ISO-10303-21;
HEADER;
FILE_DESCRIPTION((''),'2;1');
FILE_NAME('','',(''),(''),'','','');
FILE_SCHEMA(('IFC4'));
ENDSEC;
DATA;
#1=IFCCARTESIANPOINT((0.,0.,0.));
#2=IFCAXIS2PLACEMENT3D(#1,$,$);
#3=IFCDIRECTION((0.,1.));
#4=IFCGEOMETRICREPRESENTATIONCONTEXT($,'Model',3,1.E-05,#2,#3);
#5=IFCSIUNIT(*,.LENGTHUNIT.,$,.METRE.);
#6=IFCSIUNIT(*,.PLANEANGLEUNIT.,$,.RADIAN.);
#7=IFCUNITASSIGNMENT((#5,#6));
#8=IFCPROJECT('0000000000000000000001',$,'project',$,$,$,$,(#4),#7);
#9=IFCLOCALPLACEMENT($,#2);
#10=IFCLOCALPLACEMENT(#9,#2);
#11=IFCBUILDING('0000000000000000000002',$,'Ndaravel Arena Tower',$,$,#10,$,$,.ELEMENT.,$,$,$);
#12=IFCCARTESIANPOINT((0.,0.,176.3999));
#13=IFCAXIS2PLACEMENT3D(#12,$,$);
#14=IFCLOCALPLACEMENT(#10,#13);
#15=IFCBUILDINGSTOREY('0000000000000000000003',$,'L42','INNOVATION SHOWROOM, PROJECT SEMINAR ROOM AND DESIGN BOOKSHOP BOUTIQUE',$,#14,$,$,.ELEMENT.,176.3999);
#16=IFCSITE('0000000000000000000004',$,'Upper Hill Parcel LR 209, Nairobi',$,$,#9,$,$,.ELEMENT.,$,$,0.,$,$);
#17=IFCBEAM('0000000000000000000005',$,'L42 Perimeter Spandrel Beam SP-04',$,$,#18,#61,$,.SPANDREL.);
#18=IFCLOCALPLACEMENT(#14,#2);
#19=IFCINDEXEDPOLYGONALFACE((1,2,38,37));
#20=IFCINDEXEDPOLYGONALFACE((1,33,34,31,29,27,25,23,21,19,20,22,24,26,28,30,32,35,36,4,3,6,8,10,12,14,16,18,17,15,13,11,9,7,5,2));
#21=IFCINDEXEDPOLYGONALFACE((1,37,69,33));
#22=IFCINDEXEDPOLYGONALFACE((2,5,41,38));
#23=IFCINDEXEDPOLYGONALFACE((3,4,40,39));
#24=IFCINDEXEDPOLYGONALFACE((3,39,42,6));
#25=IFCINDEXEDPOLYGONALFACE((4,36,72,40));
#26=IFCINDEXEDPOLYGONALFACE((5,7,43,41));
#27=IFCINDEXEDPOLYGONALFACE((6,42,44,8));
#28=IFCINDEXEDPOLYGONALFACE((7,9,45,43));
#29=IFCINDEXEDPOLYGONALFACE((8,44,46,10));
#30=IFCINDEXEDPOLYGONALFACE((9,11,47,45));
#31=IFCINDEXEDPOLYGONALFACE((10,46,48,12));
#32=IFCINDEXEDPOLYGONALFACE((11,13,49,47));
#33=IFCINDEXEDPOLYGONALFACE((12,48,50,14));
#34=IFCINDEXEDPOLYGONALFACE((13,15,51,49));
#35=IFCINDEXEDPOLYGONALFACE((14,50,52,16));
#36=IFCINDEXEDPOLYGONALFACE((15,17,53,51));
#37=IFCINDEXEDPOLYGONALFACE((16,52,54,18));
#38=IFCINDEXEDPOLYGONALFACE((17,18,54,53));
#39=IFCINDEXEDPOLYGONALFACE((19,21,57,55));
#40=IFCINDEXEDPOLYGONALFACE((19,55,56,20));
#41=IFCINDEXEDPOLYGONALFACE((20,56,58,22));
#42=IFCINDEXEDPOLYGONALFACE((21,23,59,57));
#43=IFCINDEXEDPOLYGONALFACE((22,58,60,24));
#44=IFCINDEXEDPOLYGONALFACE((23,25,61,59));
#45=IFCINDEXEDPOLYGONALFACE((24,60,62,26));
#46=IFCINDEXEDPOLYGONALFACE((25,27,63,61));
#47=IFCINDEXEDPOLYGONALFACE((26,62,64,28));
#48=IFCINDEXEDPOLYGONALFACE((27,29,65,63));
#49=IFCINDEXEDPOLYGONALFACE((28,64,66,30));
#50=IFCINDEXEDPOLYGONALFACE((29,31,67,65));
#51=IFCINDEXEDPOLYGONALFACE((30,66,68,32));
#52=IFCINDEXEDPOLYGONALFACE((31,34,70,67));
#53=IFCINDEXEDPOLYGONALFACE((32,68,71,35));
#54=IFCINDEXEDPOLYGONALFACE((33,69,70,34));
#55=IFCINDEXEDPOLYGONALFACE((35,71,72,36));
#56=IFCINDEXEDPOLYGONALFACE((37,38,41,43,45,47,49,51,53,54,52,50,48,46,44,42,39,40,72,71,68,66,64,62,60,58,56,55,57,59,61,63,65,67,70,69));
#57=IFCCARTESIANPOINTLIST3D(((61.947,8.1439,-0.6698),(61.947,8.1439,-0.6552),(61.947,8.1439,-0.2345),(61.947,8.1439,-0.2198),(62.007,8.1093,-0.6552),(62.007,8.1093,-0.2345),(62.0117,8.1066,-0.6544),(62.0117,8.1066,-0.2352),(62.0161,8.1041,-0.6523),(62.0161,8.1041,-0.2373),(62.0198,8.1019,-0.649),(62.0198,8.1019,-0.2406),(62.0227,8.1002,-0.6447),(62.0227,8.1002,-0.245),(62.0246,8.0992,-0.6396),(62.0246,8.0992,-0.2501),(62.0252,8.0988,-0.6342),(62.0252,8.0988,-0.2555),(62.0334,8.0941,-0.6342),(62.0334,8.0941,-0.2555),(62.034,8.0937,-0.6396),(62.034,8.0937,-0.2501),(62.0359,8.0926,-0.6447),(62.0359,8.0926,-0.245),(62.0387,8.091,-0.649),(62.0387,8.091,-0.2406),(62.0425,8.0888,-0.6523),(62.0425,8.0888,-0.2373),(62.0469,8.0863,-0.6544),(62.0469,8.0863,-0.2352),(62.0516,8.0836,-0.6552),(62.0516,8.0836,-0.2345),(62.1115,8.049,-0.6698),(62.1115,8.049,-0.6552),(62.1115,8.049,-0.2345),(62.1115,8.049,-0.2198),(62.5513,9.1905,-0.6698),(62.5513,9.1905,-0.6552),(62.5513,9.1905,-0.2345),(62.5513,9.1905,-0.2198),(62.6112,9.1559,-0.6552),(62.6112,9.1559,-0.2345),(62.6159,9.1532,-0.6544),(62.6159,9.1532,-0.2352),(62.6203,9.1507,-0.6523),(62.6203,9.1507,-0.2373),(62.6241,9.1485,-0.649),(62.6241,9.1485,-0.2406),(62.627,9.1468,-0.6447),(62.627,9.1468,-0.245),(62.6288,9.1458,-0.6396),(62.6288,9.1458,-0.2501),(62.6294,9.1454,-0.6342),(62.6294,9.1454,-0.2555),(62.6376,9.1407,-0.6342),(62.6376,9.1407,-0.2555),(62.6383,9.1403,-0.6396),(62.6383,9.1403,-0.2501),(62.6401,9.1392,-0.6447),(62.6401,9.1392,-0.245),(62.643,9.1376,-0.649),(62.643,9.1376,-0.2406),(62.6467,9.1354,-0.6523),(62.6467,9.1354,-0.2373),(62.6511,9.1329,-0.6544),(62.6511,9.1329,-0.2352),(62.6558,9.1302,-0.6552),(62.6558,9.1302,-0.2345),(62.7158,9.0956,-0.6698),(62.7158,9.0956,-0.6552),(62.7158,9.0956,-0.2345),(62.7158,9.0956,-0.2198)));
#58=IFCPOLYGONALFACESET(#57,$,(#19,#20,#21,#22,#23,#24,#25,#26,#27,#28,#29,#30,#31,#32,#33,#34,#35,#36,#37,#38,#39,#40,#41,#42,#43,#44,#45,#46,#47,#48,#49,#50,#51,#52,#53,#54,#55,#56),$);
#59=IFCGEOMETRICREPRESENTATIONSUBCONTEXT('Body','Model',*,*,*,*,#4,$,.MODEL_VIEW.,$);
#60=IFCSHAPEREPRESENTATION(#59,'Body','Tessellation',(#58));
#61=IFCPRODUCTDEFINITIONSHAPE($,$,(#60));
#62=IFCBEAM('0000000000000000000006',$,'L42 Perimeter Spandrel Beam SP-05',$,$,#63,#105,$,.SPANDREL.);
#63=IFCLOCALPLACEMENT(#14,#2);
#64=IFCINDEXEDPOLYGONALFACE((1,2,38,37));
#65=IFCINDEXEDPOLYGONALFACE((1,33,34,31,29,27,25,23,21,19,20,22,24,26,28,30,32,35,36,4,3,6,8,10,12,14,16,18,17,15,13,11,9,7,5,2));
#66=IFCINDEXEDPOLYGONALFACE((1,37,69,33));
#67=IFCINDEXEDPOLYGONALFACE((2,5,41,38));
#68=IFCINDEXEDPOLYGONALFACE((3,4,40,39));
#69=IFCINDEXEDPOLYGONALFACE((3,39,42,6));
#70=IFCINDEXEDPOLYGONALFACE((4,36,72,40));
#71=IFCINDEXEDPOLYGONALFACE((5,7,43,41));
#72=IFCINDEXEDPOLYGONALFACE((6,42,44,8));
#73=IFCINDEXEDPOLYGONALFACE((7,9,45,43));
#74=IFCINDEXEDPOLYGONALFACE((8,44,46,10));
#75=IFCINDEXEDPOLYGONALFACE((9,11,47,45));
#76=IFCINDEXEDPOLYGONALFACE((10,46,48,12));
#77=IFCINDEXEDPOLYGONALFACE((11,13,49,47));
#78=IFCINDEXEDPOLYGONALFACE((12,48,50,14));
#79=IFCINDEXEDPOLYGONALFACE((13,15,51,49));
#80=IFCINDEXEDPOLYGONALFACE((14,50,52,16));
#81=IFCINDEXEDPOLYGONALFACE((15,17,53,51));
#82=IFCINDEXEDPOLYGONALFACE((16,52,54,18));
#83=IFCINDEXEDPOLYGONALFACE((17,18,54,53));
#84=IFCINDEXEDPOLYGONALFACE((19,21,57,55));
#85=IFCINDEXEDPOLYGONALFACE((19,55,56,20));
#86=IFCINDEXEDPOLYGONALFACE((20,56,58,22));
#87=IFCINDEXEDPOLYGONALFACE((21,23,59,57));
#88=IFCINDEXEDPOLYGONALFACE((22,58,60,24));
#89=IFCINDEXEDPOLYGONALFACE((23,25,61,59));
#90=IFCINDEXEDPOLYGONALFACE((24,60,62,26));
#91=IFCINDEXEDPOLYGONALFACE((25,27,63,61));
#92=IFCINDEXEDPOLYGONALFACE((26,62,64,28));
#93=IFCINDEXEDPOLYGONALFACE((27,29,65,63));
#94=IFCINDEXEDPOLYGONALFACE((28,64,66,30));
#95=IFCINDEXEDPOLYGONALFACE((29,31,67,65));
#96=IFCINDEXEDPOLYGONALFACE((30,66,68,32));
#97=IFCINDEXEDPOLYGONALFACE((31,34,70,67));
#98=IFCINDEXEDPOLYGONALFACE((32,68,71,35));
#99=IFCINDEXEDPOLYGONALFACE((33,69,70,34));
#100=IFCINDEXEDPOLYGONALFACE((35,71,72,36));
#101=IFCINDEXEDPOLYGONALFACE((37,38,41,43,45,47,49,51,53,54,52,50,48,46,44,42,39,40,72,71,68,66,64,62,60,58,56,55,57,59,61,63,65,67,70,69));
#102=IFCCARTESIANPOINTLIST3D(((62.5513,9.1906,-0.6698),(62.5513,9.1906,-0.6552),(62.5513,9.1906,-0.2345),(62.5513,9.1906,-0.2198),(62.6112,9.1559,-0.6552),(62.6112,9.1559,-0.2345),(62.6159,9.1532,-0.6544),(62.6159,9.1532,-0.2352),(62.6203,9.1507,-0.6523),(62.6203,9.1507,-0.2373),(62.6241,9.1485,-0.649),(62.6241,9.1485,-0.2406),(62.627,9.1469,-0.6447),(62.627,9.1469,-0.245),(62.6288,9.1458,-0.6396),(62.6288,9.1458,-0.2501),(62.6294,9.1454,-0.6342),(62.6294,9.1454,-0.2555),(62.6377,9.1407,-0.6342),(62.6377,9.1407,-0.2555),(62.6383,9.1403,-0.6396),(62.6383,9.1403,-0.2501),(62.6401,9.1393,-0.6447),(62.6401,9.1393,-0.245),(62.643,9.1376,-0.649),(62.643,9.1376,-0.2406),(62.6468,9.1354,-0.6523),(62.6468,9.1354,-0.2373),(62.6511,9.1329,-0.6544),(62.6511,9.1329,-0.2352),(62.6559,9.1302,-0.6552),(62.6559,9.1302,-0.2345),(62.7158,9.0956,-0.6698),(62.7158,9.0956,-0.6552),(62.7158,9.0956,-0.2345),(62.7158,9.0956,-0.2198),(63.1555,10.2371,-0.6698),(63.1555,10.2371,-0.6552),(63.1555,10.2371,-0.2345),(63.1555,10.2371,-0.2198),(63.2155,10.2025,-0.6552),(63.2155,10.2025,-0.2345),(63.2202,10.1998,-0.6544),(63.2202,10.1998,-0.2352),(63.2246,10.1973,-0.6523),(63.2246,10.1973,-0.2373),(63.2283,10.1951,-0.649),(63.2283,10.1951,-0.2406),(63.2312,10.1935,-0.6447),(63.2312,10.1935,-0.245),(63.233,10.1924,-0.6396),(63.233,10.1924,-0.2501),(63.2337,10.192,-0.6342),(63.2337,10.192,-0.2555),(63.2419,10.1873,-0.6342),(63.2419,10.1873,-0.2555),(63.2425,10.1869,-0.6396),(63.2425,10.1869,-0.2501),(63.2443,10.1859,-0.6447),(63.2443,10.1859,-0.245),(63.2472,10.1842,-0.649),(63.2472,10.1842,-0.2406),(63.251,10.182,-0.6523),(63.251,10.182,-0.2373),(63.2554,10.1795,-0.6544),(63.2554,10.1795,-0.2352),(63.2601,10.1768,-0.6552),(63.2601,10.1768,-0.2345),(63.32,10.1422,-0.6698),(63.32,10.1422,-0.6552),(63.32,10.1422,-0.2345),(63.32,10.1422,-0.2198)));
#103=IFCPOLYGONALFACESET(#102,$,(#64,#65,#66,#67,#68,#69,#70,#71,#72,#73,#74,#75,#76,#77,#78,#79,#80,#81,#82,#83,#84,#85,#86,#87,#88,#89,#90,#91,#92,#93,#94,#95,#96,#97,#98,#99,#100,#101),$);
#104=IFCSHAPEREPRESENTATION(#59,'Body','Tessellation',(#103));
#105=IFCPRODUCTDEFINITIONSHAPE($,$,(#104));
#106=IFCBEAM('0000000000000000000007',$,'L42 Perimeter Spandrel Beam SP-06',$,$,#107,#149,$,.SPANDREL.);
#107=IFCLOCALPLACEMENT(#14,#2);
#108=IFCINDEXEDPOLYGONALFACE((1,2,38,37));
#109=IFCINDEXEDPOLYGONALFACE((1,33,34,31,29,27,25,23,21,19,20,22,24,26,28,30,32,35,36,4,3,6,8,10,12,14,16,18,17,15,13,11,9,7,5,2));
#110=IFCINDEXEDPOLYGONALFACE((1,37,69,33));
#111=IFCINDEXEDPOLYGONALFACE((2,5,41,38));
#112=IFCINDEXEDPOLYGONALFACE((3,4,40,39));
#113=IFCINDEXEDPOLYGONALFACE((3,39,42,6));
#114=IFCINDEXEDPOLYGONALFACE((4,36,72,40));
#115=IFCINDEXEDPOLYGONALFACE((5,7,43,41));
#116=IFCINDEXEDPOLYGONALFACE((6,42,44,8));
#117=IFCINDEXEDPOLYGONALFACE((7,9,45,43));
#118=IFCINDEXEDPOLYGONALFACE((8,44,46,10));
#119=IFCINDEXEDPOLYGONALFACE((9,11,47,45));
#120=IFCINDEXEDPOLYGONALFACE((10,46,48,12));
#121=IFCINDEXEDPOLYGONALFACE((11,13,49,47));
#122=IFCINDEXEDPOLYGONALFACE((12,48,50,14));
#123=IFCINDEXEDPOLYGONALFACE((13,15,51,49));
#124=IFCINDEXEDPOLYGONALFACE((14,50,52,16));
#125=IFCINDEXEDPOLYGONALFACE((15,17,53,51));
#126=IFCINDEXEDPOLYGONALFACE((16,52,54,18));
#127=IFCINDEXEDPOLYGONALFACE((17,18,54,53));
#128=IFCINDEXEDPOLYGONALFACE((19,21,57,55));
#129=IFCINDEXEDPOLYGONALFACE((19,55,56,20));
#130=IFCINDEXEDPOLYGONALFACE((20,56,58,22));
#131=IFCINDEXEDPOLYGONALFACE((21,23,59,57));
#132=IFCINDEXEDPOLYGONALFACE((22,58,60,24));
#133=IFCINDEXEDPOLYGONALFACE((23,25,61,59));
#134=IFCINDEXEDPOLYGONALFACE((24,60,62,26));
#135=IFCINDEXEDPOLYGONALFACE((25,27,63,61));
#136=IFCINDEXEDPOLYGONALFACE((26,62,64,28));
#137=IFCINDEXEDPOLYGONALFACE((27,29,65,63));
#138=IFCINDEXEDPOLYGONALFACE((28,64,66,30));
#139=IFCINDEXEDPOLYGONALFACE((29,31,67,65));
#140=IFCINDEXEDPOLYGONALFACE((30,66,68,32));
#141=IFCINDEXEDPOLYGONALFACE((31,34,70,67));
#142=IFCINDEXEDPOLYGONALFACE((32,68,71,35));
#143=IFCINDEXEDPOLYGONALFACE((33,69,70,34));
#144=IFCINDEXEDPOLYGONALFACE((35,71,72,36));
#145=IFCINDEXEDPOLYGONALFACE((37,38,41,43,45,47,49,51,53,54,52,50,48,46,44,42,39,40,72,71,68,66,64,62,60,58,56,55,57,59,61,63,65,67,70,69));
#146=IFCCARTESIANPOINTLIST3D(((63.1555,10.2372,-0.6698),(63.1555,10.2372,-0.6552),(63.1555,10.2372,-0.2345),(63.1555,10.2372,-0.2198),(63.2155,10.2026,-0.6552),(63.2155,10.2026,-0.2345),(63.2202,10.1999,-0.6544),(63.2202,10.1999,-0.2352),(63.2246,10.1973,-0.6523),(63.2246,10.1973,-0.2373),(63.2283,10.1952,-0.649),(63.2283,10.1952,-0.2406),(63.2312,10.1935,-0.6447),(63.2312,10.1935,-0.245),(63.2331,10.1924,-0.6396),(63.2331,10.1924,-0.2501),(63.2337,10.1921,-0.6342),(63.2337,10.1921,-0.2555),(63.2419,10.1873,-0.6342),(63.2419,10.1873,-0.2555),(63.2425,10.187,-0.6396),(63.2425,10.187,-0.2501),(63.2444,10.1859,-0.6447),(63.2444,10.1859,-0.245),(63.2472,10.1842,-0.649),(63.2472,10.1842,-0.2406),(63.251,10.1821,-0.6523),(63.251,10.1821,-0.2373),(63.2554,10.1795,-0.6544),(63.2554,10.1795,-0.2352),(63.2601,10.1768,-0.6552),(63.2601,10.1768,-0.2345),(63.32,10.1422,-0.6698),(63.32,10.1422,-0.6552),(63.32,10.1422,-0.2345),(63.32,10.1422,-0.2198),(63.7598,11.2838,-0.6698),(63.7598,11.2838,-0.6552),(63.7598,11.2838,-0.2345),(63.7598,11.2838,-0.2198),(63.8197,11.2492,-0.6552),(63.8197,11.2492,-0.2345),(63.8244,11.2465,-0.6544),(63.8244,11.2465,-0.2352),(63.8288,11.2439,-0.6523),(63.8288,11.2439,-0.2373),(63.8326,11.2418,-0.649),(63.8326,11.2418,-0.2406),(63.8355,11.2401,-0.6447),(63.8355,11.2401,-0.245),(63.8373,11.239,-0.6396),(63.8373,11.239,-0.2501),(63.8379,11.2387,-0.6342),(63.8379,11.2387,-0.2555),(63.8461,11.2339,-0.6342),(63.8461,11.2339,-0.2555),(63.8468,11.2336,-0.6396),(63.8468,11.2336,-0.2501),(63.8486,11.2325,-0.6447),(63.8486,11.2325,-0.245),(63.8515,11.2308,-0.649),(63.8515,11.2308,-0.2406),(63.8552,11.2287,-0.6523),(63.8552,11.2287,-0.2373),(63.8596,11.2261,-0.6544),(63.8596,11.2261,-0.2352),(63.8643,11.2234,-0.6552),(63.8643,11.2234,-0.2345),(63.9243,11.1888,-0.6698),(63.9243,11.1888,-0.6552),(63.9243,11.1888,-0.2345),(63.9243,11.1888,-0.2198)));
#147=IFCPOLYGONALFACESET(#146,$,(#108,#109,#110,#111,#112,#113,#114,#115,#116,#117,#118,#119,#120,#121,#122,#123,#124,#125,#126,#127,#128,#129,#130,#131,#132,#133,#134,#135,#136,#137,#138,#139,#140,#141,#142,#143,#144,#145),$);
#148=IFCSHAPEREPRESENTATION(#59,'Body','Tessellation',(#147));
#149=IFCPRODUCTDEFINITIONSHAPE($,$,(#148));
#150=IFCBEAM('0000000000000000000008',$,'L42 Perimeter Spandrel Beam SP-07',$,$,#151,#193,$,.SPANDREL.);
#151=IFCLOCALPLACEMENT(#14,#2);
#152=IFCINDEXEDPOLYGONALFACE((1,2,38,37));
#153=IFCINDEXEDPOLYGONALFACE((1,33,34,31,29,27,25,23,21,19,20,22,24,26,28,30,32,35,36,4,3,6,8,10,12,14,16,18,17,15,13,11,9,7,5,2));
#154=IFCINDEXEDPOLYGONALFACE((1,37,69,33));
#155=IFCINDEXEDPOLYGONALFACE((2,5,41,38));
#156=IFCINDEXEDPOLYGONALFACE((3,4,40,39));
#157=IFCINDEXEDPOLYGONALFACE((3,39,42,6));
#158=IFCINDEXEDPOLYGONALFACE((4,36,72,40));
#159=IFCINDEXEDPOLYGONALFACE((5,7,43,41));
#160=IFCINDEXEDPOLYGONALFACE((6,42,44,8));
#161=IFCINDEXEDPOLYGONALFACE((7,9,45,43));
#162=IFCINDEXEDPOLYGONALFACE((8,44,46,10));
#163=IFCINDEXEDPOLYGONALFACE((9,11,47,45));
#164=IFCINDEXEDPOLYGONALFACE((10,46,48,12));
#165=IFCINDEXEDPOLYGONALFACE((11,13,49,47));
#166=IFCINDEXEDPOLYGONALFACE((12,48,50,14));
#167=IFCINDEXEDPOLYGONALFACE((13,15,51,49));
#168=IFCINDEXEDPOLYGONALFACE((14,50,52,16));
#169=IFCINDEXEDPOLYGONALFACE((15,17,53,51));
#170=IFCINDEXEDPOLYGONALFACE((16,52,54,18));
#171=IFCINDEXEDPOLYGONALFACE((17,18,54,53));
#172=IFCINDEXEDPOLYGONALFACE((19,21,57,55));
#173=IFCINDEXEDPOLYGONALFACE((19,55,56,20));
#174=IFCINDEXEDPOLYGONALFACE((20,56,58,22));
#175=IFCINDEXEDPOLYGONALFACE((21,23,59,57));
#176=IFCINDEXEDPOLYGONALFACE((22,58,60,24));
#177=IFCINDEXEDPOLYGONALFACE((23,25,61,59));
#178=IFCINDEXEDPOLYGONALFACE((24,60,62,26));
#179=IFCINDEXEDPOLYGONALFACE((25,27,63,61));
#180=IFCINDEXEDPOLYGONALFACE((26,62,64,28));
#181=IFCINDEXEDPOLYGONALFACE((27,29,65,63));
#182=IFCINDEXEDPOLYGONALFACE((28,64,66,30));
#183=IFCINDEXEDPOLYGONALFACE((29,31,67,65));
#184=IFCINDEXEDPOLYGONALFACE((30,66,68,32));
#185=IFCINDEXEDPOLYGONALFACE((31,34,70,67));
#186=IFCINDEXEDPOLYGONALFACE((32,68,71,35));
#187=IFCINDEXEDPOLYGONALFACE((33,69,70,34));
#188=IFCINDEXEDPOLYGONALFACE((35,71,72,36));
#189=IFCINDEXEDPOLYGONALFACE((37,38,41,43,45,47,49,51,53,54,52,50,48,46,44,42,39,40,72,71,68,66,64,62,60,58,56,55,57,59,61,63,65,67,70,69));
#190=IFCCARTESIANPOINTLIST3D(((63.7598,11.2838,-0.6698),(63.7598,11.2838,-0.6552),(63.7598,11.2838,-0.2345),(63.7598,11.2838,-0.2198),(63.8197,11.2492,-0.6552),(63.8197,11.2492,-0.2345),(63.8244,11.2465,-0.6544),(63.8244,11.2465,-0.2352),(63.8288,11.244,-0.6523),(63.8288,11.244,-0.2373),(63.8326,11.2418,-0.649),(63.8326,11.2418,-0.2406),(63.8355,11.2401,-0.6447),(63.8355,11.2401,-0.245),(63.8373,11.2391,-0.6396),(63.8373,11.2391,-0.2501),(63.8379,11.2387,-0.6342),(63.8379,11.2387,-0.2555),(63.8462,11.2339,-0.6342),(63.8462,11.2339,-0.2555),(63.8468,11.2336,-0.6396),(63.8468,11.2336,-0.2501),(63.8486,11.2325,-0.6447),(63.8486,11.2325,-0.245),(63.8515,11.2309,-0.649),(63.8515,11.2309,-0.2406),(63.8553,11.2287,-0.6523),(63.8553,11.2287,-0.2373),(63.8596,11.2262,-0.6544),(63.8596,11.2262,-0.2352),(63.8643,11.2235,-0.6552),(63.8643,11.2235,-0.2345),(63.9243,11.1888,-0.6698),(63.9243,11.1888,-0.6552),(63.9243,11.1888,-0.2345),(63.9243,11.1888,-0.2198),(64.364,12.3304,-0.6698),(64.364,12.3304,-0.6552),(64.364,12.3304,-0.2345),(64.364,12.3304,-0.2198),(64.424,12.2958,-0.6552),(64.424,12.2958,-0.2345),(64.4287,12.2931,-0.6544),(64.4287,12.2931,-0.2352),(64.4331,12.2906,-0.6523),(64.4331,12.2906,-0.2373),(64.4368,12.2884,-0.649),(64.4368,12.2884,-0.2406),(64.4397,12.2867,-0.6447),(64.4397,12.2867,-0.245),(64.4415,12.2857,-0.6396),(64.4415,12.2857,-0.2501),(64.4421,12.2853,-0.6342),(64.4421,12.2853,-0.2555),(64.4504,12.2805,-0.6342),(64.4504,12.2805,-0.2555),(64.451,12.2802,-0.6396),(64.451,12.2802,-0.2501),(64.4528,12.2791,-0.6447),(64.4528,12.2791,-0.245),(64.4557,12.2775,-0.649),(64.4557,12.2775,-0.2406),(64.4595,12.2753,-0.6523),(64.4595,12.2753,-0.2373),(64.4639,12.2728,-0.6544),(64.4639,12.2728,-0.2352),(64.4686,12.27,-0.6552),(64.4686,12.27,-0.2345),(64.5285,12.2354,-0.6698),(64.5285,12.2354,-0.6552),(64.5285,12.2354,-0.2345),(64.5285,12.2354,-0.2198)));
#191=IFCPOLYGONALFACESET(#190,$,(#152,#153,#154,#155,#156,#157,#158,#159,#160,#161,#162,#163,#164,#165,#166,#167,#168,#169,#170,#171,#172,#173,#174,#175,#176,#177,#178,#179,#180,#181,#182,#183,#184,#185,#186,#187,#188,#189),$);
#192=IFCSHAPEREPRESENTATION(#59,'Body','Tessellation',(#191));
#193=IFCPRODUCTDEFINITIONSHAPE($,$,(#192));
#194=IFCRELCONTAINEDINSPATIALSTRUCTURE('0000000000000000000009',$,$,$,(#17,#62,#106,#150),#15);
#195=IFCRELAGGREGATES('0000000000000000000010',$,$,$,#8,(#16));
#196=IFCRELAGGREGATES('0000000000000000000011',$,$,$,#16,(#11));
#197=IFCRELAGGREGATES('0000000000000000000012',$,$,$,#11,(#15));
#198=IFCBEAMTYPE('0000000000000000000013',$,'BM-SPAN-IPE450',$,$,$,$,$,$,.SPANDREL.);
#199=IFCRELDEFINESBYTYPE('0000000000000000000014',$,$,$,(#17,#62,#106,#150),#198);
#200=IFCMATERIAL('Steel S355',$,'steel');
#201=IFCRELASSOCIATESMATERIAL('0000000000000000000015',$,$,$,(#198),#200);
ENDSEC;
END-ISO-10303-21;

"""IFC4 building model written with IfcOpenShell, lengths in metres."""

from ifc_helpers import new_model, si_unit, direction, frame, origin, origin_2d, place, context, subcontext, project, spatial, i_section, extrude, material, material_profile, profile_set, type_object, element, save


model = new_model("IFC4")

# Units and contexts
model_context = context("Model", 3, precision=1e-05, world=origin(), true_north=direction((0.0, 1.0)))
body_context = subcontext(model_context, "Body", "Model", "MODEL_VIEW")
ifc_project = project(units=[si_unit("LENGTHUNIT", "METRE"), si_unit("PLANEANGLEUNIT", "RADIAN")], contexts=[model_context])

# Site, building, storey
site_placement = place(None, origin())
site = spatial("IfcSite", under=ifc_project, at=site_placement, Name="Upper Hill Parcel LR 209, Nairobi", CompositionType="ELEMENT", RefElevation=0.0)
building_placement = place(site_placement, origin())
building = spatial("IfcBuilding", under=site, at=building_placement, Name="Ndaravel Arena Tower", CompositionType="ELEMENT")
storey_placement = place(building_placement, frame((0.0, 0.0, 176.3999)))
storey = spatial("IfcBuildingStorey", under=building, at=storey_placement, Name="L42", Description="INNOVATION SHOWROOM, PROJECT SEMINAR ROOM AND DESIGN BOOKSHOP BOUTIQUE", CompositionType="ELEMENT", Elevation=176.3999)

# Beams
ifc_material_1 = material(Name="Steel S355", Category="steel")
ifc_material_profile_1 = material_profile(ifc_material_1, i_section(OverallWidth=0.1899, OverallDepth=0.45, WebThickness=0.0095, FlangeThickness=0.0146, FilletRadius=0.021, at=origin_2d()), Name="IPE 450")
ifc_profile_set_1 = profile_set([ifc_material_profile_1], Name="Steel S355")
beam_type = type_object("IfcBeamType", Name="BM-SPAN-IPE450", PredefinedType="SPANDREL", material=ifc_profile_set_1)
for number, where, z_axis, x_axis, name in (
    (1, (62.0293, 8.0964, -0.4448), (0.499985, 0.866034, 0.0), (-0.866034, 0.499985, 0.0), "L42 Perimeter Spandrel Beam SP-04"),
    (2, (62.6335, 9.1431, -0.4448), (0.499985, 0.866034, 0.0), (-0.866034, 0.499985, 0.0), "L42 Perimeter Spandrel Beam SP-05"),
    (3, (63.2378, 10.1897, -0.4448), (0.499985, 0.866034, 0.0), (-0.866034, 0.499985, 0.0), "L42 Perimeter Spandrel Beam SP-06"),
    (4, (63.842, 11.2363, -0.4448), (0.499985, 0.866034, 0.0), (-0.866034, 0.499985, 0.0), "L42 Perimeter Spandrel Beam SP-07"),
):
    element("IfcBeam", number, at=place(storey_placement, frame(where, z_axis=z_axis, x_axis=x_axis)), inside=storey, type_object=beam_type, Name=name, PredefinedType="SPANDREL", context=body_context, shape_type="SweptSolid", body=[
        extrude(i_section(OverallWidth=0.1899, OverallDepth=0.45, WebThickness=0.0095, FlangeThickness=0.0146, FilletRadius=0.021, at=origin_2d()), origin(), (0.0, 0.0, 1.0), 1.2085),
    ])

save(model, "model.ifc")
